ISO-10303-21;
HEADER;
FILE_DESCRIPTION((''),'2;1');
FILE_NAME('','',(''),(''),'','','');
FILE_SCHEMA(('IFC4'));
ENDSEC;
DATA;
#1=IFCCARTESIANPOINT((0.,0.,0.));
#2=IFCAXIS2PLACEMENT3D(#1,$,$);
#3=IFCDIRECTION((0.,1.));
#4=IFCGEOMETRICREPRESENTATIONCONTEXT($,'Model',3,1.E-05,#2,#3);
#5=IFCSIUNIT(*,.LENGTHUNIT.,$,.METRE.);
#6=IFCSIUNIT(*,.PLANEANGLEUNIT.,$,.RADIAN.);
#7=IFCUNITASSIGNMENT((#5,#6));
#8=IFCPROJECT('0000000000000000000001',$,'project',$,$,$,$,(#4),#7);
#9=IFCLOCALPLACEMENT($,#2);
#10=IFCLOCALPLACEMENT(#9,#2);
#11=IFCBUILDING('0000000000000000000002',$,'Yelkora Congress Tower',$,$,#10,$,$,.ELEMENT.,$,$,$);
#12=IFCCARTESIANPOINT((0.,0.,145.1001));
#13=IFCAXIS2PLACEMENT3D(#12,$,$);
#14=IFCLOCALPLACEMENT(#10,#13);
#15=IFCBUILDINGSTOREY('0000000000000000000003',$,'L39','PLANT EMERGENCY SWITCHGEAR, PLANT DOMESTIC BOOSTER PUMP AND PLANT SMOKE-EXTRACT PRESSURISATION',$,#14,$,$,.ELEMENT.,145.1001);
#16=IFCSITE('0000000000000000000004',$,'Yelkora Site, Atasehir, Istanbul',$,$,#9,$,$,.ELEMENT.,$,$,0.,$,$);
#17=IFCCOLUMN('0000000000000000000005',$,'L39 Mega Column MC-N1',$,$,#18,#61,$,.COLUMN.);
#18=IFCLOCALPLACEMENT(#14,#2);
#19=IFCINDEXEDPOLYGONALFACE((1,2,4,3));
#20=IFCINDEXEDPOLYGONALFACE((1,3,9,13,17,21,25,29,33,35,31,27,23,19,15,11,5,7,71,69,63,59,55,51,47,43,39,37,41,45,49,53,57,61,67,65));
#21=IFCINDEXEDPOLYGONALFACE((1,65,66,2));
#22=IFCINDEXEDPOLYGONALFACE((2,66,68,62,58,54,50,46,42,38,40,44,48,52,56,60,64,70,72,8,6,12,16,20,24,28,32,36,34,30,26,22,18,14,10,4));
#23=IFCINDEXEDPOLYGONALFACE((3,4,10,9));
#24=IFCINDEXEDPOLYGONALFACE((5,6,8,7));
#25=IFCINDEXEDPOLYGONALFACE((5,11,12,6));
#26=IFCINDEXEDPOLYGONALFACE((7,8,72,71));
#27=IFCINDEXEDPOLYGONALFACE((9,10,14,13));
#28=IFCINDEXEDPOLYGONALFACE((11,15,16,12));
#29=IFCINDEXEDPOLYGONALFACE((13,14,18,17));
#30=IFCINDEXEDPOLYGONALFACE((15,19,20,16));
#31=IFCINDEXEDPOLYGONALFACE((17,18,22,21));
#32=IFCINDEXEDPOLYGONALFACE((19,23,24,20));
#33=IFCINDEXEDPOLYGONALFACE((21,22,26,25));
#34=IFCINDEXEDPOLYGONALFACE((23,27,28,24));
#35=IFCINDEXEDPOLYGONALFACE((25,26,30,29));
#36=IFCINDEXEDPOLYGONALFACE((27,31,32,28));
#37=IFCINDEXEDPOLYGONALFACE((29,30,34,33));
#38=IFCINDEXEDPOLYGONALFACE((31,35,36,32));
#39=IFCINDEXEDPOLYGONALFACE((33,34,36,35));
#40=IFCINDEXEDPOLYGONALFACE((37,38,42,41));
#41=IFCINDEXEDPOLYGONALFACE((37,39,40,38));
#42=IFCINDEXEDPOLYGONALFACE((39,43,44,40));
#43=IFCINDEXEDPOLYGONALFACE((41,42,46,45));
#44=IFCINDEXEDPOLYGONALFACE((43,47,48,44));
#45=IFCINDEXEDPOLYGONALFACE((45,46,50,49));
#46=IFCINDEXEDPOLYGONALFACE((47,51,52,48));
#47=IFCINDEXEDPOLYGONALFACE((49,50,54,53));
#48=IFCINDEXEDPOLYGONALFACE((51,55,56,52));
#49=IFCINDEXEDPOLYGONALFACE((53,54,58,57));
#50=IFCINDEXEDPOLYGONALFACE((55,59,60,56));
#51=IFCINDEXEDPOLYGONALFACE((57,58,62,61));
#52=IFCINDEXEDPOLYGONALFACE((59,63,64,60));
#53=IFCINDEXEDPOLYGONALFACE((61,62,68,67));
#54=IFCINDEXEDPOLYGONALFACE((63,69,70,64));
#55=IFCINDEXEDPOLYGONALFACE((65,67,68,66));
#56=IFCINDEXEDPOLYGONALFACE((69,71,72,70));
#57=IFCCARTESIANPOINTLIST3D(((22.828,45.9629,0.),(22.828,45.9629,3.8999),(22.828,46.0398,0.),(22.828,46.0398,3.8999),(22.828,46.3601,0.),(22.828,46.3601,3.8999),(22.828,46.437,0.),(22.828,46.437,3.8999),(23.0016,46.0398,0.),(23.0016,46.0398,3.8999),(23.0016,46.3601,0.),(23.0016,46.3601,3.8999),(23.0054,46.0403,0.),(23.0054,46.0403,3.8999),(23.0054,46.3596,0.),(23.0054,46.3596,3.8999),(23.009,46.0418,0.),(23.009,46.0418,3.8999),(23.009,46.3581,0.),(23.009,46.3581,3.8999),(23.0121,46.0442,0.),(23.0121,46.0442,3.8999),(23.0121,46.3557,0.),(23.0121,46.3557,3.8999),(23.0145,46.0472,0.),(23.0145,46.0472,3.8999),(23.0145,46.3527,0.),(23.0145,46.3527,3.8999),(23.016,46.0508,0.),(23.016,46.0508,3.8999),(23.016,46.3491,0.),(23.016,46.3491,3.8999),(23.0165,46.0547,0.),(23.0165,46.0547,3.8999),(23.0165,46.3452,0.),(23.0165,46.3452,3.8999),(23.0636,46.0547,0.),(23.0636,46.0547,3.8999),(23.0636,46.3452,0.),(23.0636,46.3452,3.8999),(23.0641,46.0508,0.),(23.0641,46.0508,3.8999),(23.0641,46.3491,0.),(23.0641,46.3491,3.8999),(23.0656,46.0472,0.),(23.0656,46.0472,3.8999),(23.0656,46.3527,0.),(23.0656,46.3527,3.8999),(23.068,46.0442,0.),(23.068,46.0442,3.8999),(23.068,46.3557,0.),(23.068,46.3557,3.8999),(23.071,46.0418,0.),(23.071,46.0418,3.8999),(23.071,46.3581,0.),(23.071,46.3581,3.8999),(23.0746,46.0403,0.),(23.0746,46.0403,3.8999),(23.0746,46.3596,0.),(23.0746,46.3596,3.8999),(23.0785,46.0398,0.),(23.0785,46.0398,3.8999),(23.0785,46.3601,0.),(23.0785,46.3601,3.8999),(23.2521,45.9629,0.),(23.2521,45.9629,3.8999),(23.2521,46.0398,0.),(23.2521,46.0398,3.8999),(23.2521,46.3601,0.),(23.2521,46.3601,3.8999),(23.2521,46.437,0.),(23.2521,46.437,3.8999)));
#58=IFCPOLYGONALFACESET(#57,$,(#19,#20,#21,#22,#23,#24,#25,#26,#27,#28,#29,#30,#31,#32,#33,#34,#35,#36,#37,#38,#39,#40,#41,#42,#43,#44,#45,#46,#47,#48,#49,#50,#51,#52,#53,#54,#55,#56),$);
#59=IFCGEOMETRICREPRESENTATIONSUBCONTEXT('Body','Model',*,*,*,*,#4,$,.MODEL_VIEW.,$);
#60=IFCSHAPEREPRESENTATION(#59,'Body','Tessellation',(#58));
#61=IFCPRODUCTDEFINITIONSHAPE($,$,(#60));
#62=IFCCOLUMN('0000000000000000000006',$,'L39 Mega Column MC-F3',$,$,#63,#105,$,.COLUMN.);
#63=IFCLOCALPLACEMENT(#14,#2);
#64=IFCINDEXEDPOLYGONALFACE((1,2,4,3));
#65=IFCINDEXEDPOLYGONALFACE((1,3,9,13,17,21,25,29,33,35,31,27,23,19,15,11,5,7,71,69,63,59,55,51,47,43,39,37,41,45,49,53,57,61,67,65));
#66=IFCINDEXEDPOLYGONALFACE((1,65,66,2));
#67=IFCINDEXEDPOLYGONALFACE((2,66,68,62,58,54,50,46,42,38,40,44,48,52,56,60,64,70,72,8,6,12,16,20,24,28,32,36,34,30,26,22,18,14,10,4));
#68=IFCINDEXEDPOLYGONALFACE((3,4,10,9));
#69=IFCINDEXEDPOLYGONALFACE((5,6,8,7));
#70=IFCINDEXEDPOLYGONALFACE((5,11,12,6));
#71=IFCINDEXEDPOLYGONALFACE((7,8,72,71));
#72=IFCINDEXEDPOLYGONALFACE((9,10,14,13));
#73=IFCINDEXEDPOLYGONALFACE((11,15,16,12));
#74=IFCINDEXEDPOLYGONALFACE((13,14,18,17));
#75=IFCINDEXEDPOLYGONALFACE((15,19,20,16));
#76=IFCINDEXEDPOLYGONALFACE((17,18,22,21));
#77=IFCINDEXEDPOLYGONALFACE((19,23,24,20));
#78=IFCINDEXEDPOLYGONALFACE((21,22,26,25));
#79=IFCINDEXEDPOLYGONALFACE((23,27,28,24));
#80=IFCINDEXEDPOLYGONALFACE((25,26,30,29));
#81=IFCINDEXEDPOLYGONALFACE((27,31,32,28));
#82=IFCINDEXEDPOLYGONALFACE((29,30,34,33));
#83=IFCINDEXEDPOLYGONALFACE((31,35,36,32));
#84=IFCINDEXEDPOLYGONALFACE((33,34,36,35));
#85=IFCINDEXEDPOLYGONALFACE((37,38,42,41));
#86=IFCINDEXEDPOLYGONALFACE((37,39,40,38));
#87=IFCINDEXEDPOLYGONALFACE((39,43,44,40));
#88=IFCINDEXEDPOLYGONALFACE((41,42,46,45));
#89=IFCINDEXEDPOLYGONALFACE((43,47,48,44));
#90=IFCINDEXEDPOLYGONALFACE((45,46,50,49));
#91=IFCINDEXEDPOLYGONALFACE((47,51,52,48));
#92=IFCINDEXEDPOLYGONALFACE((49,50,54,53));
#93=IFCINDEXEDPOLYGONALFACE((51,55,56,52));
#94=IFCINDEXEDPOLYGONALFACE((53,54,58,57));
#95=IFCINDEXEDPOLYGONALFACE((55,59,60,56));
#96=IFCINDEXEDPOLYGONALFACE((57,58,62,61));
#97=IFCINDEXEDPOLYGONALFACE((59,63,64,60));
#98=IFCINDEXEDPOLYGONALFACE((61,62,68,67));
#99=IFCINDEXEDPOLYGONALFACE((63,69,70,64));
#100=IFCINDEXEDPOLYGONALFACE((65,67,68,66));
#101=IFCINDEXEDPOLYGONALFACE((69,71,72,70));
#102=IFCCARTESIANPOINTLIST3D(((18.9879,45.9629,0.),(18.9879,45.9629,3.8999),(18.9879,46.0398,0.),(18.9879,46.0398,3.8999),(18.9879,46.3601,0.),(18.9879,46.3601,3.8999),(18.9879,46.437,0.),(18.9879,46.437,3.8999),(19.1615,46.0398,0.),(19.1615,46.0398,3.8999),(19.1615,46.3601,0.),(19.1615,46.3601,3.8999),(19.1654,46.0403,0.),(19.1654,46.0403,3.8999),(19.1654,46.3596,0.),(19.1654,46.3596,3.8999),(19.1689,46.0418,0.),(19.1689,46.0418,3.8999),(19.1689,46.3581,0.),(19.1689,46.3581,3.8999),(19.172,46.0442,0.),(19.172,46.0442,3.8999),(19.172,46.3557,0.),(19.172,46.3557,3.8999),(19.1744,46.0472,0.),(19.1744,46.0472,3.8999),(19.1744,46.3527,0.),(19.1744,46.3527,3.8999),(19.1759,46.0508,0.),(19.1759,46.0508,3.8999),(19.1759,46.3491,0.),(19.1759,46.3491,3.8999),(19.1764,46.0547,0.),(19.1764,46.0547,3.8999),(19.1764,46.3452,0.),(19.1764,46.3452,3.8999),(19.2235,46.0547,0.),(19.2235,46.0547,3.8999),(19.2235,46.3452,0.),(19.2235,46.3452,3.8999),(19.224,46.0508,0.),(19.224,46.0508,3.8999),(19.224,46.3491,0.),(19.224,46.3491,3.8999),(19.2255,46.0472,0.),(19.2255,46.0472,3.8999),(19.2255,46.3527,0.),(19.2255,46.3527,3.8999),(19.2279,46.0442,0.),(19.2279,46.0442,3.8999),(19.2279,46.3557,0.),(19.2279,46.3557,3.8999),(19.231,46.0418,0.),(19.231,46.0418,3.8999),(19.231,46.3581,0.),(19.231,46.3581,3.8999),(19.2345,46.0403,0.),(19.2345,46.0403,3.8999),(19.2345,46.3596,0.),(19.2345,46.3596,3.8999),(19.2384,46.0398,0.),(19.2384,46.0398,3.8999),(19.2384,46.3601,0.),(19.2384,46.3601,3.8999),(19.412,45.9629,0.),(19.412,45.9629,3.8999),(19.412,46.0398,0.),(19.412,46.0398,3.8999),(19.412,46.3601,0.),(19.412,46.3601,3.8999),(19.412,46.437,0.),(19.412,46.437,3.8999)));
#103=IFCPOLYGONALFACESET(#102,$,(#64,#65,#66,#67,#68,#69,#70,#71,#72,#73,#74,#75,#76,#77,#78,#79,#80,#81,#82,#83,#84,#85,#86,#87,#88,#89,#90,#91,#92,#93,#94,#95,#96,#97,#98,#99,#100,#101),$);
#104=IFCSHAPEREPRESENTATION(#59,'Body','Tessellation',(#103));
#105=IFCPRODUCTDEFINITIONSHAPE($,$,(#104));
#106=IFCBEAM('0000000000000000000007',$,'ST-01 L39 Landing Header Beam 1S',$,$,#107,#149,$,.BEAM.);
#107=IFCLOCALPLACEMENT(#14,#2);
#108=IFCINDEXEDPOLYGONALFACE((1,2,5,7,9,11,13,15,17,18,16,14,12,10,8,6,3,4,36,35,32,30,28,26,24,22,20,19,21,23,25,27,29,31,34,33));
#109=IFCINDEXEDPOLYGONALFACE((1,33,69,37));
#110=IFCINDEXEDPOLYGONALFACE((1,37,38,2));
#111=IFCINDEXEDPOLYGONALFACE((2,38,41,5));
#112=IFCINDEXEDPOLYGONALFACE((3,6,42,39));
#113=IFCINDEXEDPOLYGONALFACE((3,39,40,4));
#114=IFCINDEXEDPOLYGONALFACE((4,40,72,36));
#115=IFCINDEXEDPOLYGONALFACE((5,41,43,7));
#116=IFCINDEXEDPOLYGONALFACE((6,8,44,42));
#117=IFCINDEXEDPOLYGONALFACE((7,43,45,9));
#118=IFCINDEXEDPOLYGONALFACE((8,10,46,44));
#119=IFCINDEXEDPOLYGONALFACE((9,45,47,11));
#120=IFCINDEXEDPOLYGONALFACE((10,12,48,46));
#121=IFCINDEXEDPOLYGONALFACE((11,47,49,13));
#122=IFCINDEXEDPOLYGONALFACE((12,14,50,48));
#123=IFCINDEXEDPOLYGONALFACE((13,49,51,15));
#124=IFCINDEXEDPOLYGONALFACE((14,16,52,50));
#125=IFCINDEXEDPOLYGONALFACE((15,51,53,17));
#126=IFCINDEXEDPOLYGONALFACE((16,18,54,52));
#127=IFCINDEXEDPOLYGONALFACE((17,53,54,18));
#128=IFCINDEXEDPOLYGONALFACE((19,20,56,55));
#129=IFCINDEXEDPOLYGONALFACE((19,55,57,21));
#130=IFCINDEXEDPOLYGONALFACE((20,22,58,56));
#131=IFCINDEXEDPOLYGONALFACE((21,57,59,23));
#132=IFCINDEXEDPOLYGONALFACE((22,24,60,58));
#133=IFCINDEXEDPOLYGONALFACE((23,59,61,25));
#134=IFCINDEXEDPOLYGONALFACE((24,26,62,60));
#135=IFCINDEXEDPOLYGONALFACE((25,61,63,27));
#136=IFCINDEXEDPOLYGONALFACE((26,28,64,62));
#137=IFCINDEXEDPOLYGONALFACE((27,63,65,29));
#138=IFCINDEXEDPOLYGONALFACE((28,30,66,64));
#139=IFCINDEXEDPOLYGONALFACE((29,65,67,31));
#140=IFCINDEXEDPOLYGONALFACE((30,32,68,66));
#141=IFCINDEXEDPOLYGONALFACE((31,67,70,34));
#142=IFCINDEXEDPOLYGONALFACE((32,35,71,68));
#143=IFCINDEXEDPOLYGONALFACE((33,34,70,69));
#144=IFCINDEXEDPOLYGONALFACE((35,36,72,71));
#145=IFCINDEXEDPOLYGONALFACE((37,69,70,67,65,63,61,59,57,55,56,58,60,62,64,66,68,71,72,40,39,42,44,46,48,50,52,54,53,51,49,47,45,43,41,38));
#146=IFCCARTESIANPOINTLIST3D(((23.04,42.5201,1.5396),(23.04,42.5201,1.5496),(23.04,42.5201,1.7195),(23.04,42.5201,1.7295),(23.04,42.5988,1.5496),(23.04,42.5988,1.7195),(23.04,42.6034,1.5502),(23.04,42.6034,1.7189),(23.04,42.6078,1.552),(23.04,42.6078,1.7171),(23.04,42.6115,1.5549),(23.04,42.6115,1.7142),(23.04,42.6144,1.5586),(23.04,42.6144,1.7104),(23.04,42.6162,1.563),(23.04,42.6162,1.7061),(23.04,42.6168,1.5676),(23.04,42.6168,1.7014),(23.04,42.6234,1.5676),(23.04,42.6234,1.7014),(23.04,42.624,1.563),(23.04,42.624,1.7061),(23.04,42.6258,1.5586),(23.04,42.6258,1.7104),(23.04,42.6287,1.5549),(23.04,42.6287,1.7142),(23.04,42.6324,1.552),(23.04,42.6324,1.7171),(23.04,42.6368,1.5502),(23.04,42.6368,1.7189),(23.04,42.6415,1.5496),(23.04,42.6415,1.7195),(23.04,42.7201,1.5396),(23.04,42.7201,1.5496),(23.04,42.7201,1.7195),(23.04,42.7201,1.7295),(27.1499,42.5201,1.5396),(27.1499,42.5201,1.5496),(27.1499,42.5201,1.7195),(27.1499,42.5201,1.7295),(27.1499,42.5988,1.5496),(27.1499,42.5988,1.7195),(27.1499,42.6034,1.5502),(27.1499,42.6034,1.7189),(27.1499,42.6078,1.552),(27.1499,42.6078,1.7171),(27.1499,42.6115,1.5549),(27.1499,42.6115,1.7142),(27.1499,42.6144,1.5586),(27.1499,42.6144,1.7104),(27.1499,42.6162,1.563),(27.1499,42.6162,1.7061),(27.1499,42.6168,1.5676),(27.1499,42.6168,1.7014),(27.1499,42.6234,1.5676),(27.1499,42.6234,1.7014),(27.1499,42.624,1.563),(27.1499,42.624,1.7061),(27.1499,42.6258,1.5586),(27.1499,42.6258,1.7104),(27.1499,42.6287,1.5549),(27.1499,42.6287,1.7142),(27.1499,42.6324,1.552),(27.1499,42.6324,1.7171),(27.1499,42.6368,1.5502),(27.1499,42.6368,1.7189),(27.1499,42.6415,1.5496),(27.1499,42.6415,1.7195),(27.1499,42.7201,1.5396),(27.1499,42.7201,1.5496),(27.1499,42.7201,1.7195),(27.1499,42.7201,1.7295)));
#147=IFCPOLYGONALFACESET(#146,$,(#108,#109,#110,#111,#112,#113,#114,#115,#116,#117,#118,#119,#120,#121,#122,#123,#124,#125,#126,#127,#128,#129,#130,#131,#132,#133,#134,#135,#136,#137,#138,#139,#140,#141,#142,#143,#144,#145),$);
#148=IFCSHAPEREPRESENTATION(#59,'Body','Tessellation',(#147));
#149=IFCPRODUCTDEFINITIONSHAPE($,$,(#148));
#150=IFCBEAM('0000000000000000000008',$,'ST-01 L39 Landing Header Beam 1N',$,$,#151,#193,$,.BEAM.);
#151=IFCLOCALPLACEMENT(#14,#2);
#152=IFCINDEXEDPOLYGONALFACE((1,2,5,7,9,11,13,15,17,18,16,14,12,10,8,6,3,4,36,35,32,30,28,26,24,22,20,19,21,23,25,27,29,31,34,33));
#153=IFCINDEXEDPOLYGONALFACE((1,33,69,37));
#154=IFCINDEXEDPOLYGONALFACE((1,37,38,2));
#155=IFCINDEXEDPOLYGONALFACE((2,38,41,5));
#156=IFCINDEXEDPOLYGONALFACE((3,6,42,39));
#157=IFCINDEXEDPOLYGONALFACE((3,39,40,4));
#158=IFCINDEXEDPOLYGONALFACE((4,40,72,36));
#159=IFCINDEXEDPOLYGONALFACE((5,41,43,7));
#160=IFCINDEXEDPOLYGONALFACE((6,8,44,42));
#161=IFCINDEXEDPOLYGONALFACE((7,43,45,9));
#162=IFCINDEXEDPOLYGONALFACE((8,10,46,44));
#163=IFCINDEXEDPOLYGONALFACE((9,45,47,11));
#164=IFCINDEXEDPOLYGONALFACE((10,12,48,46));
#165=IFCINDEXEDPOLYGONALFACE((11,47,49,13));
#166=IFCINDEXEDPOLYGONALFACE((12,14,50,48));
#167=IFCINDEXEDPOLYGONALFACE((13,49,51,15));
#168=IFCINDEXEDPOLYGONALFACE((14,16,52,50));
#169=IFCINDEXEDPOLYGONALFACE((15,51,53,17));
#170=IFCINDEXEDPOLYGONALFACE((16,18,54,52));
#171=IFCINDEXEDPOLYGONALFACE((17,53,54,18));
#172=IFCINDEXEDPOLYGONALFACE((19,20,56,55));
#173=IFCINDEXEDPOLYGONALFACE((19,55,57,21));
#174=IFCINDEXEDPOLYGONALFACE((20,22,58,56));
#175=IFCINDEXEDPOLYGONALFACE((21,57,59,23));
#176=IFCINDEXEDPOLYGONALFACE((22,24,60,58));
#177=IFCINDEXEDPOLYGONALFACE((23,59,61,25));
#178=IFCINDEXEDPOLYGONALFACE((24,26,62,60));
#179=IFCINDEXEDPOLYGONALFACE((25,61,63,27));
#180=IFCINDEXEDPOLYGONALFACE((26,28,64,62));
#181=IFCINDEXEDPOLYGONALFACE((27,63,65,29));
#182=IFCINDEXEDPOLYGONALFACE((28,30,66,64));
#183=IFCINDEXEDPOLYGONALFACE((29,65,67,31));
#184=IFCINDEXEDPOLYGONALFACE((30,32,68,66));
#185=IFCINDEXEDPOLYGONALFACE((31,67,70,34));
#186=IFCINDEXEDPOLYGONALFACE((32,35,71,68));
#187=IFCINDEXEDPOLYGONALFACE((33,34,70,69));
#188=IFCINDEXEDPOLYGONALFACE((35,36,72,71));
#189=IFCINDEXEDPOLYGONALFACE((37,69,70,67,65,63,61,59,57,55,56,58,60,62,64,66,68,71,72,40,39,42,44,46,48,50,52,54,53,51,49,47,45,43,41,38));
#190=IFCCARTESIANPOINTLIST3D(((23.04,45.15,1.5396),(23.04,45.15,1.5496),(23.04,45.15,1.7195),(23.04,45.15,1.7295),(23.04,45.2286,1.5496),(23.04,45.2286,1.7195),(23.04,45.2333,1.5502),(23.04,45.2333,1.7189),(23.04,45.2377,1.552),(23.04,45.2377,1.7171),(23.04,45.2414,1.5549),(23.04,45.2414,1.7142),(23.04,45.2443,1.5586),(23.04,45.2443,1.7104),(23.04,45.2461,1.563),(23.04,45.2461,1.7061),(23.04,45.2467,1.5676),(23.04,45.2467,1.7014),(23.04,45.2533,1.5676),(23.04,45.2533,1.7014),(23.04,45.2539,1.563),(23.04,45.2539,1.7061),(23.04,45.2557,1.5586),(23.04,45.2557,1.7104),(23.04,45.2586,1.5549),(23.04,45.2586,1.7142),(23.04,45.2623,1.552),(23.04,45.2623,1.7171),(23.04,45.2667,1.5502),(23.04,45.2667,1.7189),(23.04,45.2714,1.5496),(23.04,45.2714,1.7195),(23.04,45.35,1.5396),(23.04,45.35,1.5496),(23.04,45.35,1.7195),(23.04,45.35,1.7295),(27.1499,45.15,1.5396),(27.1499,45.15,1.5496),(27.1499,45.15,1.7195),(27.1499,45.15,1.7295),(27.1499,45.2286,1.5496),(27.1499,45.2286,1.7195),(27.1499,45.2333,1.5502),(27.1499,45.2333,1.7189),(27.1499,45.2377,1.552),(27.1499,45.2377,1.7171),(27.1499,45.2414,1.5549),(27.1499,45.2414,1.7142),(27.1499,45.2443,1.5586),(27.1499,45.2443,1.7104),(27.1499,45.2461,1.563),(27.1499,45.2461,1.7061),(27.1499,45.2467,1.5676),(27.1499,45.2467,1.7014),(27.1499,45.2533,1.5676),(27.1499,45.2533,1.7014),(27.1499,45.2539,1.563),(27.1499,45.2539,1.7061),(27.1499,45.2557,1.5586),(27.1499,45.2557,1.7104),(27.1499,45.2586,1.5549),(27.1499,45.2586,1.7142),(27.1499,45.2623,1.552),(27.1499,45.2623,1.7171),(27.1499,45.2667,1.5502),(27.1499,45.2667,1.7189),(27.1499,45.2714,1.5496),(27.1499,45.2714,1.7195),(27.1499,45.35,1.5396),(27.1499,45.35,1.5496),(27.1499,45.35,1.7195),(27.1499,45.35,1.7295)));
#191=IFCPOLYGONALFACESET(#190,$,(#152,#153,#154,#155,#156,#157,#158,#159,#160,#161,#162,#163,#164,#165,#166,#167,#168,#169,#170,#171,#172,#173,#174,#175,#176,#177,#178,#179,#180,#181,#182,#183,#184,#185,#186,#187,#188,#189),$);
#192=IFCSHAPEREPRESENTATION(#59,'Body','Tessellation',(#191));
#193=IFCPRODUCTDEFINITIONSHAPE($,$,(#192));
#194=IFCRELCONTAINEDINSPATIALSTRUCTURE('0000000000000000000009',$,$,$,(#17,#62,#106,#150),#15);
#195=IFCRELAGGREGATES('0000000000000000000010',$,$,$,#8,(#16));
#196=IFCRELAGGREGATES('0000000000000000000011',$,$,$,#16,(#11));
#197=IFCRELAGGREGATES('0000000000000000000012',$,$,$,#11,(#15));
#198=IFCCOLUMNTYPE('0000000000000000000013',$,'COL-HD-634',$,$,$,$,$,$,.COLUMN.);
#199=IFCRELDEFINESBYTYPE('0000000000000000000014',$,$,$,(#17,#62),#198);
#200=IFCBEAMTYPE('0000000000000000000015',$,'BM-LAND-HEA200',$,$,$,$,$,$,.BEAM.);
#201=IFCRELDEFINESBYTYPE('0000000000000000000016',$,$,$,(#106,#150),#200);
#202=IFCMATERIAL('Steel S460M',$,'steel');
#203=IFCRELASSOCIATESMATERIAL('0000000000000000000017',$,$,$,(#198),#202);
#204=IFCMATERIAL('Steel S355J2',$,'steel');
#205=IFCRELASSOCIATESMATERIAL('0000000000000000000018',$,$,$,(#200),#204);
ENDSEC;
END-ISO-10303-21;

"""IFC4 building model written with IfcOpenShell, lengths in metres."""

from ifc_helpers import new_model, si_unit, direction, frame, origin, origin_2d, place, context, subcontext, project, spatial, i_section, extrude, material, material_profile, profile_set, type_object, element, save


model = new_model("IFC4")

# Units and contexts
model_context = context("Model", 3, precision=1e-05, world=origin(), true_north=direction((0.0, 1.0)))
body_context = subcontext(model_context, "Body", "Model", "MODEL_VIEW")
ifc_project = project(units=[si_unit("LENGTHUNIT", "METRE"), si_unit("PLANEANGLEUNIT", "RADIAN")], contexts=[model_context])

# Site, building, storey
site_placement = place(None, origin())
site = spatial("IfcSite", under=ifc_project, at=site_placement, Name="Yelkora Site, Atasehir, Istanbul", CompositionType="ELEMENT", RefElevation=0.0)
building_placement = place(site_placement, origin())
building = spatial("IfcBuilding", under=site, at=building_placement, Name="Yelkora Congress Tower", CompositionType="ELEMENT")
storey_placement = place(building_placement, frame((0.0, 0.0, 145.1001)))
storey = spatial("IfcBuildingStorey", under=building, at=storey_placement, Name="L39", Description="PLANT EMERGENCY SWITCHGEAR, PLANT DOMESTIC BOOSTER PUMP AND PLANT SMOKE-EXTRACT PRESSURISATION", CompositionType="ELEMENT", Elevation=145.1001)

# Columns
ifc_material_1 = material(Name="Steel S460M", Category="steel")
ifc_material_profile_1 = material_profile(ifc_material_1, i_section(OverallWidth=0.4241, OverallDepth=0.4741, WebThickness=0.0471, FlangeThickness=0.0769, FilletRadius=0.0149, at=origin_2d()), Name="HD 400x634")
ifc_profile_set_1 = profile_set([ifc_material_profile_1], Name="Steel S460M")
column_type = type_object("IfcColumnType", Name="COL-HD-634", PredefinedType="COLUMN", material=ifc_profile_set_1)
for number, where, z_axis, x_axis, name in (
    (1, (23.04, 46.2, 0.0), (0.0, 0.0, 1.0), (1.0, 0.0, 0.0), "L39 Mega Column MC-N1"),
    (2, (19.2, 46.2, 0.0), (0.0, 0.0, 1.0), (1.0, 0.0, 0.0), "L39 Mega Column MC-F3"),
):
    element("IfcColumn", number, at=place(storey_placement, frame(where, z_axis=z_axis, x_axis=x_axis)), inside=storey, type_object=column_type, Name=name, PredefinedType="COLUMN", context=body_context, shape_type="SweptSolid", body=[
        extrude(i_section(OverallWidth=0.4241, OverallDepth=0.4741, WebThickness=0.0471, FlangeThickness=0.0769, FilletRadius=0.0149, at=origin_2d()), origin(), (0.0, 0.0, 1.0), 3.8999),
    ])

# Beams
ifc_material_2 = material(Name="Steel S355J2", Category="steel")
ifc_material_profile_2 = material_profile(ifc_material_2, i_section(OverallWidth=0.2, OverallDepth=0.1899, WebThickness=0.0066, FlangeThickness=0.01, FilletRadius=0.0181, at=origin_2d()), Name="HEA 200")
ifc_profile_set_2 = profile_set([ifc_material_profile_2], Name="Steel S355J2")
beam_type = type_object("IfcBeamType", Name="BM-LAND-HEA200", PredefinedType="BEAM", material=ifc_profile_set_2)
for number, where, z_axis, x_axis, name in (
    (3, (23.04, 42.6201, 1.6345), (1.0, 0.0, 0.0), (0.0, 1.0, 0.0), "ST-01 L39 Landing Header Beam 1S"),
    (4, (23.04, 45.25, 1.6345), (1.0, 0.0, 0.0), (0.0, 1.0, 0.0), "ST-01 L39 Landing Header Beam 1N"),
):
    element("IfcBeam", number, at=place(storey_placement, frame(where, z_axis=z_axis, x_axis=x_axis)), inside=storey, type_object=beam_type, Name=name, PredefinedType="BEAM", context=body_context, shape_type="SweptSolid", body=[
        extrude(i_section(OverallWidth=0.2, OverallDepth=0.1899, WebThickness=0.0066, FlangeThickness=0.01, FilletRadius=0.0181, at=origin_2d()), origin(), (0.0, 0.0, 1.0), 4.1099),
    ])

save(model, "model.ifc")
